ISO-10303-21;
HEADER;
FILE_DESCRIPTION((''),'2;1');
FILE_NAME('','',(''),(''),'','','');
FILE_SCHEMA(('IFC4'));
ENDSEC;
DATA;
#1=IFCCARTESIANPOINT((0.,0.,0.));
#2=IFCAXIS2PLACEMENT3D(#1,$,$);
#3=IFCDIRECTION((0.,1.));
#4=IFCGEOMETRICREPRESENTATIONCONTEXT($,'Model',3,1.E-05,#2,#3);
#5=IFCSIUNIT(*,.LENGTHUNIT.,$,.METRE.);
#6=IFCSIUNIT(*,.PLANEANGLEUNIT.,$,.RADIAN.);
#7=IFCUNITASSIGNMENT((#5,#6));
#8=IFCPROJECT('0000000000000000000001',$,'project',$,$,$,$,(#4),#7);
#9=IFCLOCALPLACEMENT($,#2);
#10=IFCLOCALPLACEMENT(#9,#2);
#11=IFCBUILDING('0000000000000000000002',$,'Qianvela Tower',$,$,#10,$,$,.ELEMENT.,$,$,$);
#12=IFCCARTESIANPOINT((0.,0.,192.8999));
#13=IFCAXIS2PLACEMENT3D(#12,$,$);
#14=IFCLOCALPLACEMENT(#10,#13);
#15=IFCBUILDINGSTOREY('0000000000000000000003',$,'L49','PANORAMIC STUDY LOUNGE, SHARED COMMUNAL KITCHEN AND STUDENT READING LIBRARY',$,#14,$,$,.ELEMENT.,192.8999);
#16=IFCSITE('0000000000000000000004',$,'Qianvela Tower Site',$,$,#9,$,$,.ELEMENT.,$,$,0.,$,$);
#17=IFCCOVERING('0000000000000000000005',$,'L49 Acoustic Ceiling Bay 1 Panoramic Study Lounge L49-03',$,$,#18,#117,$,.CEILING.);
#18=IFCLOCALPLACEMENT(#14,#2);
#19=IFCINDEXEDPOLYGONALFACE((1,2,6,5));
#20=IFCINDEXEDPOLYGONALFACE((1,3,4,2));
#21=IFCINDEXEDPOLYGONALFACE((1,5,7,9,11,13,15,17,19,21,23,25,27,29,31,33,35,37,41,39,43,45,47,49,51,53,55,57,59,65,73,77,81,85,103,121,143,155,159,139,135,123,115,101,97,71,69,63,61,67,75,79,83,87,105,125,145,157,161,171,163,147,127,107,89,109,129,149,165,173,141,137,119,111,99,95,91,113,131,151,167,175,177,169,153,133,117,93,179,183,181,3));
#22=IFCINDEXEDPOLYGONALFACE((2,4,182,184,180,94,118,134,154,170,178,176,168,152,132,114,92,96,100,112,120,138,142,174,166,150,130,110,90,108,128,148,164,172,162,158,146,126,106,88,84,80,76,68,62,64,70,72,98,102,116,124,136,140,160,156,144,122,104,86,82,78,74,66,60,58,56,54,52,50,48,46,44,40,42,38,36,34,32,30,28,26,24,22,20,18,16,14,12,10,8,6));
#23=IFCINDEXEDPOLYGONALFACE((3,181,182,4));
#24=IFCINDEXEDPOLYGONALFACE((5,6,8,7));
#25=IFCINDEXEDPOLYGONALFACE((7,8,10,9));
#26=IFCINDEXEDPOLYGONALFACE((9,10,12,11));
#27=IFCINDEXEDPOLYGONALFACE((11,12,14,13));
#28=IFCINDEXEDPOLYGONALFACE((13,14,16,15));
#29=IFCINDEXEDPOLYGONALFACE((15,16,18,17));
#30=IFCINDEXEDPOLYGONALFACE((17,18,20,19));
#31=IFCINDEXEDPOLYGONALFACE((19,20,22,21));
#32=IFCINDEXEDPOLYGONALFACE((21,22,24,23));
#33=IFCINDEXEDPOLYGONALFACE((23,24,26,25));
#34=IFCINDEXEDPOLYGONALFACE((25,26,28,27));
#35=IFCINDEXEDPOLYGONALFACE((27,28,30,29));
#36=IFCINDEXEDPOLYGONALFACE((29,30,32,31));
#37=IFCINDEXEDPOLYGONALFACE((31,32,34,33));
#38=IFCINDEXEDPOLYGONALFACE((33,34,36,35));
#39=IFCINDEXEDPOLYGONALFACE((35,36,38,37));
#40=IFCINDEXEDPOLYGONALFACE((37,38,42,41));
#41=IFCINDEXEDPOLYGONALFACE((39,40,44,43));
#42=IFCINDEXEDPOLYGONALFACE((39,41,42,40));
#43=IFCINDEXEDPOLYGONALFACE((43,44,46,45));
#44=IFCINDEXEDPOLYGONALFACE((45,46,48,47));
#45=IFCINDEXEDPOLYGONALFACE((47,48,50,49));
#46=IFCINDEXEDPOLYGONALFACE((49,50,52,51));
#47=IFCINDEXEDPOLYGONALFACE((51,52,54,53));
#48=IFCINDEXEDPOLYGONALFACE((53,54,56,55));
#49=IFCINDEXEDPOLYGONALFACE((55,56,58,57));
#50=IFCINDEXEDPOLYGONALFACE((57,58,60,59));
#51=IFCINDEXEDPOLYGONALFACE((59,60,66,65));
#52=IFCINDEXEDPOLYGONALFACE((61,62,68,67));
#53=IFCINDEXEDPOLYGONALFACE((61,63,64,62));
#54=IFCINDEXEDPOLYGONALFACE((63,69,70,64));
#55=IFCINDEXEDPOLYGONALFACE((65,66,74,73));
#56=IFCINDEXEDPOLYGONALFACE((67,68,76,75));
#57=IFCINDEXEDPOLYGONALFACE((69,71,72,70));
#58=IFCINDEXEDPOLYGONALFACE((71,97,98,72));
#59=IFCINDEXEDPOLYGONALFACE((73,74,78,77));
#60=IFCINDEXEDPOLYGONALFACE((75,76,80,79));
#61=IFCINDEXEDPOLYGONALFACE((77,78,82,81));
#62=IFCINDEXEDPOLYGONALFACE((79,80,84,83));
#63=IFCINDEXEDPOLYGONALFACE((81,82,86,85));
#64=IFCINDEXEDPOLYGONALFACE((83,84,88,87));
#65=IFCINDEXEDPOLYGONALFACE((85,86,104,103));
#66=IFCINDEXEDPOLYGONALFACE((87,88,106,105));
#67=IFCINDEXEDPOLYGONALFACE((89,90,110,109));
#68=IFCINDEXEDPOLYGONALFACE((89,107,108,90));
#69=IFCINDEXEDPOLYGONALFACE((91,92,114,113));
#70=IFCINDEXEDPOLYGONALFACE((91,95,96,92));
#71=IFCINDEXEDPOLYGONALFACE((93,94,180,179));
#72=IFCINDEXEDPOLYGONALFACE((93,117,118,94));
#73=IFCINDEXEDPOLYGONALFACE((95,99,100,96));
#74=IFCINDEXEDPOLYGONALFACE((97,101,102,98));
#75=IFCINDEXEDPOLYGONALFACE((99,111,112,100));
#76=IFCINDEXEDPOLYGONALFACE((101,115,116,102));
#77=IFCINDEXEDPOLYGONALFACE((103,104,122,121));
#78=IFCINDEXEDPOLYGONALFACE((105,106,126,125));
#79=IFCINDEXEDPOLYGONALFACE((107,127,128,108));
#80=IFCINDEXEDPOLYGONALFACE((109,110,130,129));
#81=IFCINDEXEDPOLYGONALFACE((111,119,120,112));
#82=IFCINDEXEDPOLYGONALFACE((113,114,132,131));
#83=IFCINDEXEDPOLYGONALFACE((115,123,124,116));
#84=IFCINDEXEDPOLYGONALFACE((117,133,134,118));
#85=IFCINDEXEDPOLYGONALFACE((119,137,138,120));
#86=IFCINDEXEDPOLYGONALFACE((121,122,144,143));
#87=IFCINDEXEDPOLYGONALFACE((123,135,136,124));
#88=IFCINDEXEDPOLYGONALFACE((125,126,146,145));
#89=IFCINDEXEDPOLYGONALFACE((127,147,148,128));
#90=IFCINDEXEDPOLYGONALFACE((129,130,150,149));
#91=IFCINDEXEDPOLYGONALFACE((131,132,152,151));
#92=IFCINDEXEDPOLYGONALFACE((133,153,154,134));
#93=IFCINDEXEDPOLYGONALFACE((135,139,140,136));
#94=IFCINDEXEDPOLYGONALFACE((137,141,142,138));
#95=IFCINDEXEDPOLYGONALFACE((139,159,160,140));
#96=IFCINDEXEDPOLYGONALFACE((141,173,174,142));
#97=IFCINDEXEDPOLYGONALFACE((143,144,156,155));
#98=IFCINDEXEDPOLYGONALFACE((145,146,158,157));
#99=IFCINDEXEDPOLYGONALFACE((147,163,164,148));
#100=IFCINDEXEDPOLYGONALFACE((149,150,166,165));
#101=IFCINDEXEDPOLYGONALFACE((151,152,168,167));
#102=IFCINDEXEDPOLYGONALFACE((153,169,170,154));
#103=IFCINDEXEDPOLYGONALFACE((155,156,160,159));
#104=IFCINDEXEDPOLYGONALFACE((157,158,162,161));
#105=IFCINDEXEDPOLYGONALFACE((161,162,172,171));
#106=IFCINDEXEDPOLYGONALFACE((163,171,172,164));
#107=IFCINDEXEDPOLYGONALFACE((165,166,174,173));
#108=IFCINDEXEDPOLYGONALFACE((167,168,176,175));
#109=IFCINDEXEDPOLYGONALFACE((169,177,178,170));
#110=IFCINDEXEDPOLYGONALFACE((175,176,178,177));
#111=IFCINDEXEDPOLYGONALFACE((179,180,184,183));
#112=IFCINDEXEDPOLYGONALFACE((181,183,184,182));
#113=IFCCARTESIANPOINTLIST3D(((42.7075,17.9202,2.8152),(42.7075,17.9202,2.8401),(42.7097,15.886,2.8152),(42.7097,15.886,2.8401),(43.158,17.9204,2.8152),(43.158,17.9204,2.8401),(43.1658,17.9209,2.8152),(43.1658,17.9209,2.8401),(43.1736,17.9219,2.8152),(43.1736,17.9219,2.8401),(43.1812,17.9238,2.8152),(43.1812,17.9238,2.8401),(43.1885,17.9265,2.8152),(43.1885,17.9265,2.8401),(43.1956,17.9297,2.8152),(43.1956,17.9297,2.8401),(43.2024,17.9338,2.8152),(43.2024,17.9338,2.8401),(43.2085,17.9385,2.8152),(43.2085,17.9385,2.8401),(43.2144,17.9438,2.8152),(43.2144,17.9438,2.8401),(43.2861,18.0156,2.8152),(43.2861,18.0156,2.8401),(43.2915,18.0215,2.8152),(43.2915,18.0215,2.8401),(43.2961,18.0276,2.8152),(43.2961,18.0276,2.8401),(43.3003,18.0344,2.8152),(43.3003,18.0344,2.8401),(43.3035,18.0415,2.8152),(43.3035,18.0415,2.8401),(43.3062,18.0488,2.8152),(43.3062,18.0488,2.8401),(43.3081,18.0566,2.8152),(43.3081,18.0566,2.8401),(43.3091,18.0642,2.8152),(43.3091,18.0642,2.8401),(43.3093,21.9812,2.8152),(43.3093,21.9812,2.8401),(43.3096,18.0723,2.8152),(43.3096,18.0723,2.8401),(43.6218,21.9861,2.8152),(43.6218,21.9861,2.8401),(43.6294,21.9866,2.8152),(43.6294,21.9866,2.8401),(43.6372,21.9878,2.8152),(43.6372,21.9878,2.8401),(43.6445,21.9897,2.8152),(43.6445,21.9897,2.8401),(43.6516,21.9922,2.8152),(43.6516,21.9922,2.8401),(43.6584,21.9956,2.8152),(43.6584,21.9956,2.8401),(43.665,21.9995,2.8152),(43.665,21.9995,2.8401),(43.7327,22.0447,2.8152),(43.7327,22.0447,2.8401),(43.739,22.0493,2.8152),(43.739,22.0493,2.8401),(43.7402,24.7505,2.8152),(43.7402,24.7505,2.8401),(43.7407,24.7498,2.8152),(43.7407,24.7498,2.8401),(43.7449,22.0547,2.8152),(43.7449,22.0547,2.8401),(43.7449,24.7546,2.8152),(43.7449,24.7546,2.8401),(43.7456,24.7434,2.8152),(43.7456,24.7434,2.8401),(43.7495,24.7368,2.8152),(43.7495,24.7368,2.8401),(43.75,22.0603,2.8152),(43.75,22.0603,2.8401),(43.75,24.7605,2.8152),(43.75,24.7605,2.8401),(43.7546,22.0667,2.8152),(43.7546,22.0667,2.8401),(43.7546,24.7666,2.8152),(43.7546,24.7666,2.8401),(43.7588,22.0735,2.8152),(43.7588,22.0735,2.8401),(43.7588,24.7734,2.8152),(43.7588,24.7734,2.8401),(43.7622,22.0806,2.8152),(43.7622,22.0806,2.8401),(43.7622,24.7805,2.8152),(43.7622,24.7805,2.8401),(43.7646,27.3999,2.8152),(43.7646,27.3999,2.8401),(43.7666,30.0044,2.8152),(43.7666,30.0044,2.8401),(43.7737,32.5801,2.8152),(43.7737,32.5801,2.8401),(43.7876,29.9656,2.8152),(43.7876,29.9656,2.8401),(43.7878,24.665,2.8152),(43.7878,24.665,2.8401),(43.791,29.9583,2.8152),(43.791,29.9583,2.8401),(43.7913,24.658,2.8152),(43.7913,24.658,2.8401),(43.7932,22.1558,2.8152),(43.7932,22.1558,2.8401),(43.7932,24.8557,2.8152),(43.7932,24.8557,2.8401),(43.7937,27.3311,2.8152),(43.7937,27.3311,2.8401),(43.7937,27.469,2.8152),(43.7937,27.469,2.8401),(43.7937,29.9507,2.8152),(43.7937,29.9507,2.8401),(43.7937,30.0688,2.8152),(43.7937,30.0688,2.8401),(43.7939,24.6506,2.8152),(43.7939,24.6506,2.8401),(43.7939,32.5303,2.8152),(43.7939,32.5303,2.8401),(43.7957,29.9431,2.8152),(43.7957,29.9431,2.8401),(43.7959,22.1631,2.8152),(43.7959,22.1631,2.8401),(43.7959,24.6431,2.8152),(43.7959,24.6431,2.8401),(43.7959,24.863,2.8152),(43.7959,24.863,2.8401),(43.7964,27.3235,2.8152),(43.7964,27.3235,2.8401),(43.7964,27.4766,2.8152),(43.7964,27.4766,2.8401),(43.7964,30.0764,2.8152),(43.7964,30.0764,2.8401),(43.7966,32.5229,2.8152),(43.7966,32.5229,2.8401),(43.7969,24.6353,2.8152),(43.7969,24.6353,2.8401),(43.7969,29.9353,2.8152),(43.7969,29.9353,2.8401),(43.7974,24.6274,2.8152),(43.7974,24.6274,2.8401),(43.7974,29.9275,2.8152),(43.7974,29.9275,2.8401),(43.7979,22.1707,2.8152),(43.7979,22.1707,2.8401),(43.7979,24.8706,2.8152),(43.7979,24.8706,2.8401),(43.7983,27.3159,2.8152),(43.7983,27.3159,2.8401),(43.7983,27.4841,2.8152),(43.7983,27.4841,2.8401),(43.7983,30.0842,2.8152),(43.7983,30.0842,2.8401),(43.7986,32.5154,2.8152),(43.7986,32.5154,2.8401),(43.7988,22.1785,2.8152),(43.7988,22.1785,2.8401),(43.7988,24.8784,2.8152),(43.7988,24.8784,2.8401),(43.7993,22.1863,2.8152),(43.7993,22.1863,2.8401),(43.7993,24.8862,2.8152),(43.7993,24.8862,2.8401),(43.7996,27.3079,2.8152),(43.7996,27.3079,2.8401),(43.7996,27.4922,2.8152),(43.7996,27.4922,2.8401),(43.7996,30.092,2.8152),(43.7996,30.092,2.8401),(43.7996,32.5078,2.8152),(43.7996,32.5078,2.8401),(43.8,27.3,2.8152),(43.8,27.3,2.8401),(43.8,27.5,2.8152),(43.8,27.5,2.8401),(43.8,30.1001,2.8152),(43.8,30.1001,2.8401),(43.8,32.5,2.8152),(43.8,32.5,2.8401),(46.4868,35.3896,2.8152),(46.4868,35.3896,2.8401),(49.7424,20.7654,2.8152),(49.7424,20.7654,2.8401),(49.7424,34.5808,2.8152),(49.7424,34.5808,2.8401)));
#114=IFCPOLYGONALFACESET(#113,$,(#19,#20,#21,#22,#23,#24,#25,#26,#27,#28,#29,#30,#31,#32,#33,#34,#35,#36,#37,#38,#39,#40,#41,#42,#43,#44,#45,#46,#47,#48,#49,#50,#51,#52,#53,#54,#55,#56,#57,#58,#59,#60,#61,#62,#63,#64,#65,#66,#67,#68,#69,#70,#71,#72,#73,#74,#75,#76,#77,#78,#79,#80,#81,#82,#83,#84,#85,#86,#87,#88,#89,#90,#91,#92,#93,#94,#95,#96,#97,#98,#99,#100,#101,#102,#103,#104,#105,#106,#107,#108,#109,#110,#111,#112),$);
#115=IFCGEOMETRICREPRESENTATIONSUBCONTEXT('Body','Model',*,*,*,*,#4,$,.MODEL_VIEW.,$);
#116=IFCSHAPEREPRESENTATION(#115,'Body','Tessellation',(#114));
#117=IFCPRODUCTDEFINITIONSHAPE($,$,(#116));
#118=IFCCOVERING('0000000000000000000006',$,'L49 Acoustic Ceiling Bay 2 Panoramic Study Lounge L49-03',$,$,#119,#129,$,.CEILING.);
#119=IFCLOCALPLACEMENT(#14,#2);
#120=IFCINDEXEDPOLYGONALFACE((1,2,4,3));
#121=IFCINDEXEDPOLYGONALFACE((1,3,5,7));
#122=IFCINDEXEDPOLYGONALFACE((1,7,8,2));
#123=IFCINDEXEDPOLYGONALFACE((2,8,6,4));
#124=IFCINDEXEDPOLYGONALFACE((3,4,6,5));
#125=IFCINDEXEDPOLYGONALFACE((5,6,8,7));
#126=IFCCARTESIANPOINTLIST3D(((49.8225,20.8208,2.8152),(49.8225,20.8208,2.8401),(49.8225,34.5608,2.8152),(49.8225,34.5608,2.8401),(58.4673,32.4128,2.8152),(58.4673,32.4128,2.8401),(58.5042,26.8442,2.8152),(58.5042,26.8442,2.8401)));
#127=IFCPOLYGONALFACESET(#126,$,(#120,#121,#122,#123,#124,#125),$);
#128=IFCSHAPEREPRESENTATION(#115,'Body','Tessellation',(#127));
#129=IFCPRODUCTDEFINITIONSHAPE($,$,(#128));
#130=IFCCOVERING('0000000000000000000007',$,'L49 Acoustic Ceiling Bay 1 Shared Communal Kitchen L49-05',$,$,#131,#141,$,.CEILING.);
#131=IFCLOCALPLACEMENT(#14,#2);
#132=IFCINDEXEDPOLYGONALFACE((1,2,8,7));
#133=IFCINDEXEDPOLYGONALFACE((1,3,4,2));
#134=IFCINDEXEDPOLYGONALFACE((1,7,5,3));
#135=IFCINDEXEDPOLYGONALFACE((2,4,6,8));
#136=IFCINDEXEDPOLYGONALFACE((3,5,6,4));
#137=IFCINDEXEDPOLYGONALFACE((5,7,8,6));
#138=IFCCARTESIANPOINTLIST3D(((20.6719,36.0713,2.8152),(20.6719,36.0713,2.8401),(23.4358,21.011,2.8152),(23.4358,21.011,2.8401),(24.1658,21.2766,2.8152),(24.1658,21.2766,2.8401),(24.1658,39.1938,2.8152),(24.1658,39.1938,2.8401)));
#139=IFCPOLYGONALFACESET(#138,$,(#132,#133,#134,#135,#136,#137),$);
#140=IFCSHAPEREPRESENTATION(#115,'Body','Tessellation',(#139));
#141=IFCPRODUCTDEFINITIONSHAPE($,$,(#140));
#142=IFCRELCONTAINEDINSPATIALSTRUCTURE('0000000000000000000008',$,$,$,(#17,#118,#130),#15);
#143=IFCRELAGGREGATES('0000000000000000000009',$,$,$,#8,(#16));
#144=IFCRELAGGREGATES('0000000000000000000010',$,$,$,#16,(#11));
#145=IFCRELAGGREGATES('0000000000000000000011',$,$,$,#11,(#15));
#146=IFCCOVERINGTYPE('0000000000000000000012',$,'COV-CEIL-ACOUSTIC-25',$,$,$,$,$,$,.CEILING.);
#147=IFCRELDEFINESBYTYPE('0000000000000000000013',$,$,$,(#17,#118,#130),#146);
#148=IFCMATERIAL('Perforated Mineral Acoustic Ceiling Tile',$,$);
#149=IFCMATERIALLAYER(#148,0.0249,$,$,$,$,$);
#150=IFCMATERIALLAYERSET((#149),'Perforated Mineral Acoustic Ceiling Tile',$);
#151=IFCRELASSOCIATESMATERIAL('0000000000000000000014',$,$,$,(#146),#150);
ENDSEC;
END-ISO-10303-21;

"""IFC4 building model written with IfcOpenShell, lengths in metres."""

from ifc_helpers import new_model, si_unit, direction, frame, origin, place, context, subcontext, project, spatial, polyline, outline, extrude, material, layer, layer_set, type_object, element, save


model = new_model("IFC4")

# Units and contexts
model_context = context("Model", 3, precision=1e-05, world=origin(), true_north=direction((0.0, 1.0)))
body_context = subcontext(model_context, "Body", "Model", "MODEL_VIEW")
ifc_project = project(units=[si_unit("LENGTHUNIT", "METRE"), si_unit("PLANEANGLEUNIT", "RADIAN")], contexts=[model_context])

# Site, building, storey
site_placement = place(None, origin())
site = spatial("IfcSite", under=ifc_project, at=site_placement, Name="Qianvela Tower Site", CompositionType="ELEMENT", RefElevation=0.0)
building_placement = place(site_placement, origin())
building = spatial("IfcBuilding", under=site, at=building_placement, Name="Qianvela Tower", CompositionType="ELEMENT")
storey_placement = place(building_placement, frame((0.0, 0.0, 192.8999)))
storey = spatial("IfcBuildingStorey", under=building, at=storey_placement, Name="L49", Description="PANORAMIC STUDY LOUNGE, SHARED COMMUNAL KITCHEN AND STUDENT READING LIBRARY", CompositionType="ELEMENT", Elevation=192.8999)

# Coverings
ifc_material_1 = material(Name="Perforated Mineral Acoustic Ceiling Tile")
ifc_layer_1 = layer(ifc_material_1, 0.0249)
ifc_layer_set_1 = layer_set([ifc_layer_1], Name="Perforated Mineral Acoustic Ceiling Tile")
covering_type_1 = type_object("IfcCoveringType", Name="COV-CEIL-ACOUSTIC-25", PredefinedType="CEILING", material=ifc_layer_set_1)
covering_1_placement = place(storey_placement, frame((0.0, 0.0, 2.8152)))
element("IfcCovering", 1, at=covering_1_placement, inside=storey, type_object=covering_type_1, Name="L49 Acoustic Ceiling Bay 1 Panoramic Study Lounge L49-03", PredefinedType="CEILING", context=body_context, shape_type="SweptSolid", body=[
    extrude(outline(polyline([(43.7449, 24.7546), (43.75, 24.7605), (43.7546, 24.7666), (43.7588, 24.7734), (43.7622, 24.7805), (43.7932, 24.8557), (43.7959, 24.863), (43.7979, 24.8706), (43.7988, 24.8784), (43.7993, 24.8862), (43.8, 27.3), (43.7996, 27.3079), (43.7983, 27.3159), (43.7964, 27.3235), (43.7937, 27.3311), (43.7646, 27.3999), (43.7937, 27.469), (43.7964, 27.4766), (43.7983, 27.4841), (43.7996, 27.4922), (43.8, 27.5), (43.7974, 29.9275), (43.7969, 29.9353), (43.7957, 29.9431), (43.7937, 29.9507), (43.791, 29.9583), (43.7876, 29.9656), (43.7666, 30.0044), (43.7937, 30.0688), (43.7964, 30.0764), (43.7983, 30.0842), (43.7996, 30.092), (43.8, 30.1001), (43.8, 32.5), (43.7996, 32.5078), (43.7986, 32.5154), (43.7966, 32.5229), (43.7939, 32.5303), (43.7737, 32.5801), (46.4868, 35.3896), (49.7424, 34.5808), (49.7424, 20.7654), (42.7097, 15.886), (42.7075, 17.9202), (43.158, 17.9204), (43.1658, 17.9209), (43.1736, 17.9219), (43.1812, 17.9238), (43.1885, 17.9265), (43.1956, 17.9297), (43.2024, 17.9338), (43.2085, 17.9385), (43.2144, 17.9438), (43.2861, 18.0156), (43.2915, 18.0215), (43.2961, 18.0276), (43.3003, 18.0344), (43.3035, 18.0415), (43.3062, 18.0488), (43.3081, 18.0566), (43.3091, 18.0642), (43.3096, 18.0723), (43.3093, 21.9812), (43.6218, 21.9861), (43.6294, 21.9866), (43.6372, 21.9878), (43.6445, 21.9897), (43.6516, 21.9922), (43.6584, 21.9956), (43.665, 21.9995), (43.7327, 22.0447), (43.739, 22.0493), (43.7449, 22.0547), (43.75, 22.0603), (43.7546, 22.0667), (43.7588, 22.0735), (43.7622, 22.0806), (43.7932, 22.1558), (43.7959, 22.1631), (43.7979, 22.1707), (43.7988, 22.1785), (43.7993, 22.1863), (43.7974, 24.6274), (43.7969, 24.6353), (43.7959, 24.6431), (43.7939, 24.6506), (43.7913, 24.658), (43.7878, 24.665), (43.7495, 24.7368), (43.7456, 24.7434), (43.7407, 24.7498), (43.7402, 24.7505), (43.7449, 24.7546)])), origin(), (0.0, 0.0, 1.0), 0.0249),
])
covering_2_placement = place(storey_placement, frame((0.0, 0.0, 2.8152)))
element("IfcCovering", 2, at=covering_2_placement, inside=storey, type_object=covering_type_1, Name="L49 Acoustic Ceiling Bay 2 Panoramic Study Lounge L49-03", PredefinedType="CEILING", context=body_context, shape_type="SweptSolid", body=[
    extrude(outline(polyline([(58.4673, 32.4128), (58.5042, 26.8442), (49.8225, 20.8208), (49.8225, 34.5608), (58.4673, 32.4128)])), origin(), (0.0, 0.0, 1.0), 0.0249),
])
covering_3_placement = place(storey_placement, frame((0.0, 0.0, 2.8152)))
element("IfcCovering", 3, at=covering_3_placement, inside=storey, type_object=covering_type_1, Name="L49 Acoustic Ceiling Bay 1 Shared Communal Kitchen L49-05", PredefinedType="CEILING", context=body_context, shape_type="SweptSolid", body=[
    extrude(outline(polyline([(23.4358, 21.011), (20.6719, 36.0713), (24.1658, 39.1938), (24.1658, 21.2766), (23.4358, 21.011)])), origin(), (0.0, 0.0, 1.0), 0.0249),
])

save(model, "model.ifc")
